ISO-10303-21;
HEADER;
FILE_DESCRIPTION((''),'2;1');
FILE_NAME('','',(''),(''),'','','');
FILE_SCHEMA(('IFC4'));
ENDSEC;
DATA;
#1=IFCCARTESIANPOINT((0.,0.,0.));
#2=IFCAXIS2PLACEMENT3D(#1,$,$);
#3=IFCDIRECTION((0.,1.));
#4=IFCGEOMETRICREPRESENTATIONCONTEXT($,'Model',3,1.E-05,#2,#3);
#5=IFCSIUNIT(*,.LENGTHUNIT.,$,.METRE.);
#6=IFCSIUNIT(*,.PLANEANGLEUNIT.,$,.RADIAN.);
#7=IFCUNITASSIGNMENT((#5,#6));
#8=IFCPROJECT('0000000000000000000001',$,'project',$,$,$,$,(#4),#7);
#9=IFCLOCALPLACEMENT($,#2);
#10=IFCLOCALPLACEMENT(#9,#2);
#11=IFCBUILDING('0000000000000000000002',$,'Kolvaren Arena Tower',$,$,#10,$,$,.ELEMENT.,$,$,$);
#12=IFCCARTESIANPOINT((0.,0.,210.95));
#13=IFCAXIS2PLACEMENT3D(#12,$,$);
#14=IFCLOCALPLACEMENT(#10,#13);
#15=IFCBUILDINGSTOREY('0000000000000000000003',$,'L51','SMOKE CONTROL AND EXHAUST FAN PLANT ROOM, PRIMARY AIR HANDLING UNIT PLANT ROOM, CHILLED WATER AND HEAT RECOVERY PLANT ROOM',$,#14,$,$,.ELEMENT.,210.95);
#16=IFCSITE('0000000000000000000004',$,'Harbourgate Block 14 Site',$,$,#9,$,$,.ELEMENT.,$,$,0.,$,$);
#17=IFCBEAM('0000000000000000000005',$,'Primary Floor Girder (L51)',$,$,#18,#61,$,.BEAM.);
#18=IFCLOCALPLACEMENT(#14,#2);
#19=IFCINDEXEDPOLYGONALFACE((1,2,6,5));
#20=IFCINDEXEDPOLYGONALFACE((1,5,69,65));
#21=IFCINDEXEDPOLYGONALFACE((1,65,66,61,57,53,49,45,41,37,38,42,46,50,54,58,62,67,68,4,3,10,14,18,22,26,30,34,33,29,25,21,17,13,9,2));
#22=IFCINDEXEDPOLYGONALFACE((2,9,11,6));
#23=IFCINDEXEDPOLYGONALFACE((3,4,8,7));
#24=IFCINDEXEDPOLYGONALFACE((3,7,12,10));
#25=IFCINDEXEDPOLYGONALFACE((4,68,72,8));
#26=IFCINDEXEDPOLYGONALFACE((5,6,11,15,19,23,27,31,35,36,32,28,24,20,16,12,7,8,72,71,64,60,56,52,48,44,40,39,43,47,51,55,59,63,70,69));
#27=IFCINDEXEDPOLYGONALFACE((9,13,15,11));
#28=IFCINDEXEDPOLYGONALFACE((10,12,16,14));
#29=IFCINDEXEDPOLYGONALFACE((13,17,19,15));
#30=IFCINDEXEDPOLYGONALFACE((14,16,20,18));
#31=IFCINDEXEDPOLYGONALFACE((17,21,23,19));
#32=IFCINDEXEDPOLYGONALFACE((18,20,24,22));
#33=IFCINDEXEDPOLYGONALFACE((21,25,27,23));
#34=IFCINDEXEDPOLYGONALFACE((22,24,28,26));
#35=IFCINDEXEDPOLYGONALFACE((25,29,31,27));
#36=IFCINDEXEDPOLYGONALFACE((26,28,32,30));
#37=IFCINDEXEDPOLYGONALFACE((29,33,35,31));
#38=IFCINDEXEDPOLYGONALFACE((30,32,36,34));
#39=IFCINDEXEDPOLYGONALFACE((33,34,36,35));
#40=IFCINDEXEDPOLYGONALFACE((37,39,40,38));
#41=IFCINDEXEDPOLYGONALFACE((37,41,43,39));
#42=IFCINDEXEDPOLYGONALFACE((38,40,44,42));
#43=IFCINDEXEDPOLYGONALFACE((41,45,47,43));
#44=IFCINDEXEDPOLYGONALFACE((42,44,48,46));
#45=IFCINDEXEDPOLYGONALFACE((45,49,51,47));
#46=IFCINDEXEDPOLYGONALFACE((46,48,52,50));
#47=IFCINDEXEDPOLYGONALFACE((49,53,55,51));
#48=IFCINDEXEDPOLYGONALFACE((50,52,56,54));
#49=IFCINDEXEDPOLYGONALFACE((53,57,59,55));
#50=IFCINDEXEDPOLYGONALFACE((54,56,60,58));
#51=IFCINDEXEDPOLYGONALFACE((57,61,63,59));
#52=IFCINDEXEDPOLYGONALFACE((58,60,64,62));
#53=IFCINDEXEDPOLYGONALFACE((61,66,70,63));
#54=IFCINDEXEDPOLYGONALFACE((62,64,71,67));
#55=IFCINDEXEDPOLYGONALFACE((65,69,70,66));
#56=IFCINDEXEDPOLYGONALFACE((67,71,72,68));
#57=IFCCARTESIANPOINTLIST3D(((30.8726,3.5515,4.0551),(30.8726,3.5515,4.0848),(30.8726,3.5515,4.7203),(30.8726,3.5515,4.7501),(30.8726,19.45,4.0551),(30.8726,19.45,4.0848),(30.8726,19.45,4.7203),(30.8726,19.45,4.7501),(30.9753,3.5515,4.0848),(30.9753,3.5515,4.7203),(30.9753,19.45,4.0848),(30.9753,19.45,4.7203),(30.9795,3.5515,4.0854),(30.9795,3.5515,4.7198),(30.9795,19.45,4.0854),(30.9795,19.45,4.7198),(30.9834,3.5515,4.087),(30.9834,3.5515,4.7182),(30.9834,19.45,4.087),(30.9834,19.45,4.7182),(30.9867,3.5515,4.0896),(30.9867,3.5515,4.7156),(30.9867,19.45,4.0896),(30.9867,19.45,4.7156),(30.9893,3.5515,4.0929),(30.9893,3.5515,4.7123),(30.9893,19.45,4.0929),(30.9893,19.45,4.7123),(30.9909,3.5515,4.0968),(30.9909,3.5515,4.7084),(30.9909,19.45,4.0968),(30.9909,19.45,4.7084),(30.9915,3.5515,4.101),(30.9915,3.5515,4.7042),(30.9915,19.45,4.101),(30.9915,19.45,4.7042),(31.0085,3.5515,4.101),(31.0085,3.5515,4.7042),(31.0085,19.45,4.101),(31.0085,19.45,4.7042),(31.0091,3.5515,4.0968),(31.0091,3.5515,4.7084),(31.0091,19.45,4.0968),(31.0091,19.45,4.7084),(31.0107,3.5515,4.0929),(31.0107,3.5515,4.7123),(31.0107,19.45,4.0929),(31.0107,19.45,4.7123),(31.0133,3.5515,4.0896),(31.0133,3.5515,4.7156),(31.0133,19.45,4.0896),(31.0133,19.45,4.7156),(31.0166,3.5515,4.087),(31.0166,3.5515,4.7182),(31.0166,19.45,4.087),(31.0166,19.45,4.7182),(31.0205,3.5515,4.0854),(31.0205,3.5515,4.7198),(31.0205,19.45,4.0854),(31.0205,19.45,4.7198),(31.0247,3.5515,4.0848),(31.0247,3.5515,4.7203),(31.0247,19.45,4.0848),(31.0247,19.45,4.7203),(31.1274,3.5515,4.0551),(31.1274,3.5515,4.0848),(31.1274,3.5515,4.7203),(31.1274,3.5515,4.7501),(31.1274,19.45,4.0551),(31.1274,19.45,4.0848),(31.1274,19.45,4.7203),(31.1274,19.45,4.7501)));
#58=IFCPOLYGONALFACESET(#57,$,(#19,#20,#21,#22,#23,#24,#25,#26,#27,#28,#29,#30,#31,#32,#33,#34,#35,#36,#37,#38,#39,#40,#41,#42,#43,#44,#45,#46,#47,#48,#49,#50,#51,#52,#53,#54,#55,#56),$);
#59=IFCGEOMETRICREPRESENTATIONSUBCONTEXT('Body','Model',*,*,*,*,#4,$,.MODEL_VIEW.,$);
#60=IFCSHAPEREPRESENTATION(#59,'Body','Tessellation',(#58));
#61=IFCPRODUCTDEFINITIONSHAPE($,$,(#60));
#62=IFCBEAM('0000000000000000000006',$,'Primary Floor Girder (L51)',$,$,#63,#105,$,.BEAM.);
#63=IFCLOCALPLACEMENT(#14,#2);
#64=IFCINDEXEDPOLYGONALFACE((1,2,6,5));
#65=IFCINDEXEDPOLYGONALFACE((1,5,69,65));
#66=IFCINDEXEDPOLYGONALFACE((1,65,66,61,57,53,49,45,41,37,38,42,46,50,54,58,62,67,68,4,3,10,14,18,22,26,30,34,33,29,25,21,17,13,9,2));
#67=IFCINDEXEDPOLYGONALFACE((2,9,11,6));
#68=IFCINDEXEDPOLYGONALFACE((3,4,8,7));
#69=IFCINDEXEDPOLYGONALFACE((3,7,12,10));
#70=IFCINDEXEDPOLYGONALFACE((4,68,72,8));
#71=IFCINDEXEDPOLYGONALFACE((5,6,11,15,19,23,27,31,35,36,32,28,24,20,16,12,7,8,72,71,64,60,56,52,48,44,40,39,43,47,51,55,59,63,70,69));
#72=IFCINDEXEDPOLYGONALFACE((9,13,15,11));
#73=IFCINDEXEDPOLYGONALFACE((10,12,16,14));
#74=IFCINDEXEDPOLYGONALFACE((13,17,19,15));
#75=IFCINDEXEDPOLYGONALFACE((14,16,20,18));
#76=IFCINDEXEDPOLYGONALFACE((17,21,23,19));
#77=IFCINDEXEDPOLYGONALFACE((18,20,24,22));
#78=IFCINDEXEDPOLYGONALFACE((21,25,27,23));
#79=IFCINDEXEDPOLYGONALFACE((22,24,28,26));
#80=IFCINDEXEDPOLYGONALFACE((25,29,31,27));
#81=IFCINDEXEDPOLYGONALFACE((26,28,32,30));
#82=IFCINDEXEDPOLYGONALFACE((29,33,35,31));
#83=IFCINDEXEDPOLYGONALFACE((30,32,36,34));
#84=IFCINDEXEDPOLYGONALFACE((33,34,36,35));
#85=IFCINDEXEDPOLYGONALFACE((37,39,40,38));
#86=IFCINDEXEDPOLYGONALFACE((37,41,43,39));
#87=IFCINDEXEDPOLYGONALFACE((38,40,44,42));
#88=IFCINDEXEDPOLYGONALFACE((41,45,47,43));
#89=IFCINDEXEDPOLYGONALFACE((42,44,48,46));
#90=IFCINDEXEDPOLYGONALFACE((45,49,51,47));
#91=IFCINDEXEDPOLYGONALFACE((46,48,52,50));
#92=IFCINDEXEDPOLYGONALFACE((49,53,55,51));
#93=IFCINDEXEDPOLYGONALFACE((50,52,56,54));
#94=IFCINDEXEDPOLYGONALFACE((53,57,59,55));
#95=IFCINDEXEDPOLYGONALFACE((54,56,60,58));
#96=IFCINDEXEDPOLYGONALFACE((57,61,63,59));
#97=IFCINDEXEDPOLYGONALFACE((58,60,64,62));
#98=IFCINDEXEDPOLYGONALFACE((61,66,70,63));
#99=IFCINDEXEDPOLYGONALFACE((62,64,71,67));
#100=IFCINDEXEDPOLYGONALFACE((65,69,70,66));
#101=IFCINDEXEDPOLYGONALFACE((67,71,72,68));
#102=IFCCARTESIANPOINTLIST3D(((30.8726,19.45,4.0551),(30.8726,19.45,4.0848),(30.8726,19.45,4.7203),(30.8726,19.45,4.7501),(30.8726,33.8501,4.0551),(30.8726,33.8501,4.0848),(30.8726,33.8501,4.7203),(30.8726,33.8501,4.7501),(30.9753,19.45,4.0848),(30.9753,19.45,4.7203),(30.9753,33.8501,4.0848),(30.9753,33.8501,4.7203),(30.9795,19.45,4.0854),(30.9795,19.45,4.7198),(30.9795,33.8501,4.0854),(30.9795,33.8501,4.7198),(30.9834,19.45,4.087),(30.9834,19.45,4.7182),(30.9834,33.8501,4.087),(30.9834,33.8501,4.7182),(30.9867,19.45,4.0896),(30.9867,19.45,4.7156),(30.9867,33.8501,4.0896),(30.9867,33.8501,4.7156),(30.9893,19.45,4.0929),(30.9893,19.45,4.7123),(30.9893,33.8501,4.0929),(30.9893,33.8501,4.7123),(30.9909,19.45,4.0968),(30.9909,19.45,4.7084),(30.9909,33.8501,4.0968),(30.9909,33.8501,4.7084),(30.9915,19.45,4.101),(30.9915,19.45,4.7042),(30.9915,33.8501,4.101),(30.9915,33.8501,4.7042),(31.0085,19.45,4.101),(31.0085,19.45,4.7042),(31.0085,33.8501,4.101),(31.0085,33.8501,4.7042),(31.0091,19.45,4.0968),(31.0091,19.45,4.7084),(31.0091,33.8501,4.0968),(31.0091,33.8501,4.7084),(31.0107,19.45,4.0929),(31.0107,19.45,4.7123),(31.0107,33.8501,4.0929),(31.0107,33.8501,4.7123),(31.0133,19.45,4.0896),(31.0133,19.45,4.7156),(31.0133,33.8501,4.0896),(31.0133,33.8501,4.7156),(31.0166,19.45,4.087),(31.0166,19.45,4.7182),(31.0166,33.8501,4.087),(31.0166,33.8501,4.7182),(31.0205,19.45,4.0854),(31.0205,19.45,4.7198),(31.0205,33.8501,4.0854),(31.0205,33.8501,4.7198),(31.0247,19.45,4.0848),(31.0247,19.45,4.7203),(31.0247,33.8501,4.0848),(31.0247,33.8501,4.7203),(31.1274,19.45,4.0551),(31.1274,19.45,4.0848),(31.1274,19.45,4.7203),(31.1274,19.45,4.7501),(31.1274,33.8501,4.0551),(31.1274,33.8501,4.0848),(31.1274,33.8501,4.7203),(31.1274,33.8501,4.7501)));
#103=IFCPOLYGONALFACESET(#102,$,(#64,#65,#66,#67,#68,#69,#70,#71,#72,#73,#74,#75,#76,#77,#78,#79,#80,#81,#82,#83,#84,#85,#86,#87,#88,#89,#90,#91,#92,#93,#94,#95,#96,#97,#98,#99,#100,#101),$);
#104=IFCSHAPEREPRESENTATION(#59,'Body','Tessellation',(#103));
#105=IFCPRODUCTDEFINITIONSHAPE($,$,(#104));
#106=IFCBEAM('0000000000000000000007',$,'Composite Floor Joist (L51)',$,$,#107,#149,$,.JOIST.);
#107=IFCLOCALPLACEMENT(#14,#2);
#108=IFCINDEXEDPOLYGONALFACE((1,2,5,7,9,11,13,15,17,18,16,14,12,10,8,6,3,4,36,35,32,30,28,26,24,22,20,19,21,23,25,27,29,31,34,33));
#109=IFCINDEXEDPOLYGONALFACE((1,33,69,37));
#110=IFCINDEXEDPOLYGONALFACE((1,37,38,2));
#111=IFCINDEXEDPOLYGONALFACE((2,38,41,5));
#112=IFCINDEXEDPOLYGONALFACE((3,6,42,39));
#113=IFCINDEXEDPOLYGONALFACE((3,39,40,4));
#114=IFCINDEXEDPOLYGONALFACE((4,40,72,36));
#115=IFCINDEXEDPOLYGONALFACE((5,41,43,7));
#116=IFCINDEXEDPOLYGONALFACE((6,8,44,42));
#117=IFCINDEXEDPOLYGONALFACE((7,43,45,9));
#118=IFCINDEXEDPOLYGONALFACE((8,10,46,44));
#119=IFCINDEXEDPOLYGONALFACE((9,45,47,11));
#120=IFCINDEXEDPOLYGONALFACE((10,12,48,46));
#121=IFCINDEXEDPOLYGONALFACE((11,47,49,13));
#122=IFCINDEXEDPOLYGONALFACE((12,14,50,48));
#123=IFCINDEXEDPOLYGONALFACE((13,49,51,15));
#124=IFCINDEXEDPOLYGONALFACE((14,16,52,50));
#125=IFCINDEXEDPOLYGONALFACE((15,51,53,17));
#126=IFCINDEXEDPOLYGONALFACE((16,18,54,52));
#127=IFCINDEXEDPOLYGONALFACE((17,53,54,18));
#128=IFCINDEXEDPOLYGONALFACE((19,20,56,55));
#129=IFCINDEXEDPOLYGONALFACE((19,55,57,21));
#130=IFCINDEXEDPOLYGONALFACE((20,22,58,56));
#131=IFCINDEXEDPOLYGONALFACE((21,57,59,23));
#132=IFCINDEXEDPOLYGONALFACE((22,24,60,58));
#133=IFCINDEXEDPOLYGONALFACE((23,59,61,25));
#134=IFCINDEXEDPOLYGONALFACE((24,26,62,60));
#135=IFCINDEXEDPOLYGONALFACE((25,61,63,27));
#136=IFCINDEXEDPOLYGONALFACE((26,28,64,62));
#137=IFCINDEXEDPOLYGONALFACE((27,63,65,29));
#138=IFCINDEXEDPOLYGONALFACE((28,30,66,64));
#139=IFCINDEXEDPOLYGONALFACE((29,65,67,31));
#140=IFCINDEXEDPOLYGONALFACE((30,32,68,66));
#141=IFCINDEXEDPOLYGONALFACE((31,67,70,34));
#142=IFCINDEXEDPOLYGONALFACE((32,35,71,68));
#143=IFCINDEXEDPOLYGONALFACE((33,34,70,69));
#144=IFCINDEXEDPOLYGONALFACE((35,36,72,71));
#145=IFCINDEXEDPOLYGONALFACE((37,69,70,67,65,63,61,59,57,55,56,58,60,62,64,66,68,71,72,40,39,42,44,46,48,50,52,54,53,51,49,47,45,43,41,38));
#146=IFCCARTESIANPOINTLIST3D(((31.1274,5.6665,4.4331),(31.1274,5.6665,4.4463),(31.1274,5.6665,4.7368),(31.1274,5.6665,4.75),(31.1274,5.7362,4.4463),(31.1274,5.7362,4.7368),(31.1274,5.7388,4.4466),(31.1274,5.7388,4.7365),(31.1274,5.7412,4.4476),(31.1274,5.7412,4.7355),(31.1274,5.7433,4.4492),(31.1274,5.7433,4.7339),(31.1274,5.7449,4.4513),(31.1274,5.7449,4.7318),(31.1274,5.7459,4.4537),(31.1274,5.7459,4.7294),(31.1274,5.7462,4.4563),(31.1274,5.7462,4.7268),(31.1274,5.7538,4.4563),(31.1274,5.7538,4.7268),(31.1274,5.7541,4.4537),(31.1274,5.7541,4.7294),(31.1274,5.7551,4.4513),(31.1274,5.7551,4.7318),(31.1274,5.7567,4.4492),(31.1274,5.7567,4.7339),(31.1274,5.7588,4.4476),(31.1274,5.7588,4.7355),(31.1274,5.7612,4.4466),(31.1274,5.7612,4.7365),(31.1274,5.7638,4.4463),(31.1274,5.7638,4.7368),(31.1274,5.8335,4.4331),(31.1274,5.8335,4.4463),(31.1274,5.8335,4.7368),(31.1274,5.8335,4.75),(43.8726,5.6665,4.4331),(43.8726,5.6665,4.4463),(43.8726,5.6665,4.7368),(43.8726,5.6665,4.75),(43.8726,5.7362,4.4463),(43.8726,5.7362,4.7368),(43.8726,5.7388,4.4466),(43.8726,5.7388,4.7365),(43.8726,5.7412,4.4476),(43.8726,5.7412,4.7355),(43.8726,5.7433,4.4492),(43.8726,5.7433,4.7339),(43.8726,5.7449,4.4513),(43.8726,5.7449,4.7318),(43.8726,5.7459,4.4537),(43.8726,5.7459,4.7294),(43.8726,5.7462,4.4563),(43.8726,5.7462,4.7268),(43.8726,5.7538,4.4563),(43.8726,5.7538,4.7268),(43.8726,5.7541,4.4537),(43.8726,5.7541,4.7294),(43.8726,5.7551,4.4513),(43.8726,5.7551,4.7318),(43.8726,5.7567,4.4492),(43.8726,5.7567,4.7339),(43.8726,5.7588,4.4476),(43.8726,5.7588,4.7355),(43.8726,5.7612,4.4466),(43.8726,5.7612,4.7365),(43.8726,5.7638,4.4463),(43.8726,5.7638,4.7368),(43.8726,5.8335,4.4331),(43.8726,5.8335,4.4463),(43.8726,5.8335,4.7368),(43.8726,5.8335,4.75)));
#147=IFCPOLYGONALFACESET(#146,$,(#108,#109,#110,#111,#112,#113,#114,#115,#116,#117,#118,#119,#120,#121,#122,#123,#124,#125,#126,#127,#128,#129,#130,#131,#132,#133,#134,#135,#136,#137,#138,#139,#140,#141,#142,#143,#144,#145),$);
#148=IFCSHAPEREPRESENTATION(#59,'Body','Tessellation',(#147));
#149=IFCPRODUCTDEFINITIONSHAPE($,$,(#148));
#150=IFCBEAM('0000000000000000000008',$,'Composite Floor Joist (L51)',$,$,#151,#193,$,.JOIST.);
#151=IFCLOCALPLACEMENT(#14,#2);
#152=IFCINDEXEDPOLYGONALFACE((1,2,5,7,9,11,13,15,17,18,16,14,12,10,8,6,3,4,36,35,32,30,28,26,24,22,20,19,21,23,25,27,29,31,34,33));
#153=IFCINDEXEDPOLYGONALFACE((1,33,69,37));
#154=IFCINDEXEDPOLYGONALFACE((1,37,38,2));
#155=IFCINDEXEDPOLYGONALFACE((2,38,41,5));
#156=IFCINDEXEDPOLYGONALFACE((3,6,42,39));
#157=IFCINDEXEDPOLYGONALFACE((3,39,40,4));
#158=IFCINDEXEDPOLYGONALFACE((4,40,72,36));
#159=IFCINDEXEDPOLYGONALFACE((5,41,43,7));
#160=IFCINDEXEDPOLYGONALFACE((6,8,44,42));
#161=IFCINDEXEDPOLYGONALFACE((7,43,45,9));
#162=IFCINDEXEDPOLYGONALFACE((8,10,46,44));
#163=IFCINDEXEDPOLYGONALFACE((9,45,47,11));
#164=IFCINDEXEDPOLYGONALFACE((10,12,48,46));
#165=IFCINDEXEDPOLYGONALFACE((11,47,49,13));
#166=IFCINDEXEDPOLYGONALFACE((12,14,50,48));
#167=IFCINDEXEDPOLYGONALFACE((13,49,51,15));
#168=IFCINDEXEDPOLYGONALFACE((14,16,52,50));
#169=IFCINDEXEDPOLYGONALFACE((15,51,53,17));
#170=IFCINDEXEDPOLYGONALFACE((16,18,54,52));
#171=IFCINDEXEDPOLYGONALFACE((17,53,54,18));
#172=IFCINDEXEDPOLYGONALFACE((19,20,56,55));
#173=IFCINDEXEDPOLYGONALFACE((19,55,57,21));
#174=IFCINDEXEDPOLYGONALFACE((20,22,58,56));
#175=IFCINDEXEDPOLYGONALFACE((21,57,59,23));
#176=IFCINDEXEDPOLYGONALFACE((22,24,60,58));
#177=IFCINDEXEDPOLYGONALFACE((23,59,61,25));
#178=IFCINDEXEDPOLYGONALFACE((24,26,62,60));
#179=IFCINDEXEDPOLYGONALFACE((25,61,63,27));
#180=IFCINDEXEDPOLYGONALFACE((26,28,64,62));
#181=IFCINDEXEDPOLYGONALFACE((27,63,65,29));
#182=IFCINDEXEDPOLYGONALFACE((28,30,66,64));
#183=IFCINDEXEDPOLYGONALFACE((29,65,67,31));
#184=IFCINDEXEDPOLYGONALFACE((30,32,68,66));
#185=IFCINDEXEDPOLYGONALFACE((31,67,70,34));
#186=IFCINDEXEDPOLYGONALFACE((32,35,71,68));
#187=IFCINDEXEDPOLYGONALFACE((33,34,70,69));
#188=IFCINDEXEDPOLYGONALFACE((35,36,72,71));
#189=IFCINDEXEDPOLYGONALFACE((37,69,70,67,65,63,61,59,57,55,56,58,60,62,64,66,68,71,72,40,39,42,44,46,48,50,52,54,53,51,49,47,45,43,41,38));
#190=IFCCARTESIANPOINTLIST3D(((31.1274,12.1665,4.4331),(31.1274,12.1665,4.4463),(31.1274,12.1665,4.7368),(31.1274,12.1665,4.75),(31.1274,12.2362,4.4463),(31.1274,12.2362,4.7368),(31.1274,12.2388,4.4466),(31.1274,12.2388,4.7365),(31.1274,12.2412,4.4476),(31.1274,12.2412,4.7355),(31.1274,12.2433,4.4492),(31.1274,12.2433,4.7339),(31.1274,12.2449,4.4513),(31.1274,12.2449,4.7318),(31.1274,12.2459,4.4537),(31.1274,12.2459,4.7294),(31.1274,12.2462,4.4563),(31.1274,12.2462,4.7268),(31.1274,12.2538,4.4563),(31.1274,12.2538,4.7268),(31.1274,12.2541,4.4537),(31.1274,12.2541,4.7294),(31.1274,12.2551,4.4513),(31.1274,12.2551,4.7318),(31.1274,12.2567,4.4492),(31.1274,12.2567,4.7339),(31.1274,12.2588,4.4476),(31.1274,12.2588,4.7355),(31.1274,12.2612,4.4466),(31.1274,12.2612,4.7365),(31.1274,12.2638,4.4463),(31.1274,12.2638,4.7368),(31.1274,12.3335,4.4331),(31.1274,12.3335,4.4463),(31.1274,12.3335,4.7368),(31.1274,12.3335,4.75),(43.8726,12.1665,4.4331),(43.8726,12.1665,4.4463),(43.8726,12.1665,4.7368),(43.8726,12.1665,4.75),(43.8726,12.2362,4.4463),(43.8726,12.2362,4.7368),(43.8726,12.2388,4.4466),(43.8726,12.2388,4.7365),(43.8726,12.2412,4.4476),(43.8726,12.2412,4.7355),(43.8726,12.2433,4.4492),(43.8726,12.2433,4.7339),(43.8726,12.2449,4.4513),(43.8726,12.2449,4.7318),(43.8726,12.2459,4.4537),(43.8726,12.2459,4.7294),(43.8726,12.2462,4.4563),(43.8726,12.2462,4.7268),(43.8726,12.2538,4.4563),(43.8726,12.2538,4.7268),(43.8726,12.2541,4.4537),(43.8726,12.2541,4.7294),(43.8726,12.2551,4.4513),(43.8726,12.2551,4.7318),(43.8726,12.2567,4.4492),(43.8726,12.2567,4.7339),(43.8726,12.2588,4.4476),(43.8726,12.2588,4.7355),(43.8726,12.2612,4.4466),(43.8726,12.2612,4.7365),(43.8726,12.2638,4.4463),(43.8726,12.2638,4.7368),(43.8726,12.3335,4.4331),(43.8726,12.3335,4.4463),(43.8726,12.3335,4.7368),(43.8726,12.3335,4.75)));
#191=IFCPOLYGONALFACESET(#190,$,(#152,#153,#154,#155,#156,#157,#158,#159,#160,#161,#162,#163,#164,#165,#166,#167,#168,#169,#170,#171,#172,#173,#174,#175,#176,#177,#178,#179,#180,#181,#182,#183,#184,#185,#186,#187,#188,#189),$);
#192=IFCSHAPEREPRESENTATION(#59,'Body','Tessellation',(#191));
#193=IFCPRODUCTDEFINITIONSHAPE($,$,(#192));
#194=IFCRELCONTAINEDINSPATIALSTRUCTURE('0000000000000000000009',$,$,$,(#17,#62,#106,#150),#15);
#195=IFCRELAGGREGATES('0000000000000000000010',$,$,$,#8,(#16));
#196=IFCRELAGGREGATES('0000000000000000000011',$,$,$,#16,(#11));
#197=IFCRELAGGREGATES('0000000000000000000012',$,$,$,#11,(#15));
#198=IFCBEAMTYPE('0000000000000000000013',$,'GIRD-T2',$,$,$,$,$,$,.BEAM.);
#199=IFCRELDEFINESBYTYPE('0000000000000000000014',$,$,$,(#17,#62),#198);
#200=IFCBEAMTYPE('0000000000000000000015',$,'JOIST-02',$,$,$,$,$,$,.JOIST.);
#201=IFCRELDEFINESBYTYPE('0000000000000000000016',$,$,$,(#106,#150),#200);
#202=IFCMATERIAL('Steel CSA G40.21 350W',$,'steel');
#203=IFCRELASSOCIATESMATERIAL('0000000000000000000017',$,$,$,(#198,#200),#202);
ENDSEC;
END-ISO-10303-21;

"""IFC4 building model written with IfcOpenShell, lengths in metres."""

from ifc_helpers import new_model, si_unit, direction, frame, origin, origin_2d, place, context, subcontext, project, spatial, i_section, extrude, material, material_profile, profile_set, type_object, element, save


model = new_model("IFC4")

# Units and contexts
model_context = context("Model", 3, precision=1e-05, world=origin(), true_north=direction((0.0, 1.0)))
body_context = subcontext(model_context, "Body", "Model", "MODEL_VIEW")
ifc_project = project(units=[si_unit("LENGTHUNIT", "METRE"), si_unit("PLANEANGLEUNIT", "RADIAN")], contexts=[model_context])

# Site, building, storey
site_placement = place(None, origin())
site = spatial("IfcSite", under=ifc_project, at=site_placement, Name="Harbourgate Block 14 Site", CompositionType="ELEMENT", RefElevation=0.0)
building_placement = place(site_placement, origin())
building = spatial("IfcBuilding", under=site, at=building_placement, Name="Kolvaren Arena Tower", CompositionType="ELEMENT")
storey_placement = place(building_placement, frame((0.0, 0.0, 210.95)))
storey = spatial("IfcBuildingStorey", under=building, at=storey_placement, Name="L51", Description="SMOKE CONTROL AND EXHAUST FAN PLANT ROOM, PRIMARY AIR HANDLING UNIT PLANT ROOM, CHILLED WATER AND HEAT RECOVERY PLANT ROOM", CompositionType="ELEMENT", Elevation=210.95)

# Shared definitions
ifc_material_1 = material(Name="Steel CSA G40.21 350W", Category="steel")

# Beams
ifc_material_profile_1 = material_profile(ifc_material_1, i_section(OverallWidth=0.2549, OverallDepth=0.6951, WebThickness=0.0171, FlangeThickness=0.0298, FilletRadius=0.0161, at=origin_2d()), Name="W690x217")
ifc_profile_set_1 = profile_set([ifc_material_profile_1], Name="Steel CSA G40.21 350W")
beam_type_1 = type_object("IfcBeamType", Name="GIRD-T2", PredefinedType="BEAM", material=ifc_profile_set_1)
beam_1_placement = place(storey_placement, frame((31.0, 3.5515, 4.4026), z_axis=(0.0, 1.0, 0.0), x_axis=(-1.0, 0.0, 0.0)))
element("IfcBeam", 1, at=beam_1_placement, inside=storey, type_object=beam_type_1, Name="Primary Floor Girder (L51)", PredefinedType="BEAM", context=body_context, shape_type="SweptSolid", body=[
    extrude(i_section(OverallWidth=0.2549, OverallDepth=0.6951, WebThickness=0.0171, FlangeThickness=0.0298, FilletRadius=0.0161, at=origin_2d()), origin(), (0.0, 0.0, 1.0), 15.8984),
])
beam_2_placement = place(storey_placement, frame((31.0, 19.45, 4.4026), z_axis=(0.0, 1.0, 0.0), x_axis=(-1.0, 0.0, 0.0)))
element("IfcBeam", 2, at=beam_2_placement, inside=storey, type_object=beam_type_1, Name="Primary Floor Girder (L51)", PredefinedType="BEAM", context=body_context, shape_type="SweptSolid", body=[
    extrude(i_section(OverallWidth=0.2549, OverallDepth=0.6951, WebThickness=0.0171, FlangeThickness=0.0298, FilletRadius=0.0161, at=origin_2d()), origin(), (0.0, 0.0, 1.0), 14.4001),
])
ifc_material_profile_2 = material_profile(ifc_material_1, i_section(OverallWidth=0.167, OverallDepth=0.3169, WebThickness=0.0076, FlangeThickness=0.0132, FilletRadius=0.01, at=origin_2d()), Name="W310x52")
ifc_profile_set_2 = profile_set([ifc_material_profile_2], Name="Steel CSA G40.21 350W")
beam_type_2 = type_object("IfcBeamType", Name="JOIST-02", PredefinedType="JOIST", material=ifc_profile_set_2)
for number, where, z_axis, x_axis, name in (
    (3, (31.1274, 5.75, 4.5916), (1.0, 0.0, 0.0), (0.0, 1.0, 0.0), "Composite Floor Joist (L51)"),
    (4, (31.1274, 12.25, 4.5916), (1.0, 0.0, 0.0), (0.0, 1.0, 0.0), "Composite Floor Joist (L51)"),
):
    element("IfcBeam", number, at=place(storey_placement, frame(where, z_axis=z_axis, x_axis=x_axis)), inside=storey, type_object=beam_type_2, Name=name, PredefinedType="JOIST", context=body_context, shape_type="SweptSolid", body=[
        extrude(i_section(OverallWidth=0.167, OverallDepth=0.3169, WebThickness=0.0076, FlangeThickness=0.0132, FilletRadius=0.01, at=origin_2d()), origin(), (0.0, 0.0, 1.0), 12.7451),
    ])

save(model, "model.ifc")
